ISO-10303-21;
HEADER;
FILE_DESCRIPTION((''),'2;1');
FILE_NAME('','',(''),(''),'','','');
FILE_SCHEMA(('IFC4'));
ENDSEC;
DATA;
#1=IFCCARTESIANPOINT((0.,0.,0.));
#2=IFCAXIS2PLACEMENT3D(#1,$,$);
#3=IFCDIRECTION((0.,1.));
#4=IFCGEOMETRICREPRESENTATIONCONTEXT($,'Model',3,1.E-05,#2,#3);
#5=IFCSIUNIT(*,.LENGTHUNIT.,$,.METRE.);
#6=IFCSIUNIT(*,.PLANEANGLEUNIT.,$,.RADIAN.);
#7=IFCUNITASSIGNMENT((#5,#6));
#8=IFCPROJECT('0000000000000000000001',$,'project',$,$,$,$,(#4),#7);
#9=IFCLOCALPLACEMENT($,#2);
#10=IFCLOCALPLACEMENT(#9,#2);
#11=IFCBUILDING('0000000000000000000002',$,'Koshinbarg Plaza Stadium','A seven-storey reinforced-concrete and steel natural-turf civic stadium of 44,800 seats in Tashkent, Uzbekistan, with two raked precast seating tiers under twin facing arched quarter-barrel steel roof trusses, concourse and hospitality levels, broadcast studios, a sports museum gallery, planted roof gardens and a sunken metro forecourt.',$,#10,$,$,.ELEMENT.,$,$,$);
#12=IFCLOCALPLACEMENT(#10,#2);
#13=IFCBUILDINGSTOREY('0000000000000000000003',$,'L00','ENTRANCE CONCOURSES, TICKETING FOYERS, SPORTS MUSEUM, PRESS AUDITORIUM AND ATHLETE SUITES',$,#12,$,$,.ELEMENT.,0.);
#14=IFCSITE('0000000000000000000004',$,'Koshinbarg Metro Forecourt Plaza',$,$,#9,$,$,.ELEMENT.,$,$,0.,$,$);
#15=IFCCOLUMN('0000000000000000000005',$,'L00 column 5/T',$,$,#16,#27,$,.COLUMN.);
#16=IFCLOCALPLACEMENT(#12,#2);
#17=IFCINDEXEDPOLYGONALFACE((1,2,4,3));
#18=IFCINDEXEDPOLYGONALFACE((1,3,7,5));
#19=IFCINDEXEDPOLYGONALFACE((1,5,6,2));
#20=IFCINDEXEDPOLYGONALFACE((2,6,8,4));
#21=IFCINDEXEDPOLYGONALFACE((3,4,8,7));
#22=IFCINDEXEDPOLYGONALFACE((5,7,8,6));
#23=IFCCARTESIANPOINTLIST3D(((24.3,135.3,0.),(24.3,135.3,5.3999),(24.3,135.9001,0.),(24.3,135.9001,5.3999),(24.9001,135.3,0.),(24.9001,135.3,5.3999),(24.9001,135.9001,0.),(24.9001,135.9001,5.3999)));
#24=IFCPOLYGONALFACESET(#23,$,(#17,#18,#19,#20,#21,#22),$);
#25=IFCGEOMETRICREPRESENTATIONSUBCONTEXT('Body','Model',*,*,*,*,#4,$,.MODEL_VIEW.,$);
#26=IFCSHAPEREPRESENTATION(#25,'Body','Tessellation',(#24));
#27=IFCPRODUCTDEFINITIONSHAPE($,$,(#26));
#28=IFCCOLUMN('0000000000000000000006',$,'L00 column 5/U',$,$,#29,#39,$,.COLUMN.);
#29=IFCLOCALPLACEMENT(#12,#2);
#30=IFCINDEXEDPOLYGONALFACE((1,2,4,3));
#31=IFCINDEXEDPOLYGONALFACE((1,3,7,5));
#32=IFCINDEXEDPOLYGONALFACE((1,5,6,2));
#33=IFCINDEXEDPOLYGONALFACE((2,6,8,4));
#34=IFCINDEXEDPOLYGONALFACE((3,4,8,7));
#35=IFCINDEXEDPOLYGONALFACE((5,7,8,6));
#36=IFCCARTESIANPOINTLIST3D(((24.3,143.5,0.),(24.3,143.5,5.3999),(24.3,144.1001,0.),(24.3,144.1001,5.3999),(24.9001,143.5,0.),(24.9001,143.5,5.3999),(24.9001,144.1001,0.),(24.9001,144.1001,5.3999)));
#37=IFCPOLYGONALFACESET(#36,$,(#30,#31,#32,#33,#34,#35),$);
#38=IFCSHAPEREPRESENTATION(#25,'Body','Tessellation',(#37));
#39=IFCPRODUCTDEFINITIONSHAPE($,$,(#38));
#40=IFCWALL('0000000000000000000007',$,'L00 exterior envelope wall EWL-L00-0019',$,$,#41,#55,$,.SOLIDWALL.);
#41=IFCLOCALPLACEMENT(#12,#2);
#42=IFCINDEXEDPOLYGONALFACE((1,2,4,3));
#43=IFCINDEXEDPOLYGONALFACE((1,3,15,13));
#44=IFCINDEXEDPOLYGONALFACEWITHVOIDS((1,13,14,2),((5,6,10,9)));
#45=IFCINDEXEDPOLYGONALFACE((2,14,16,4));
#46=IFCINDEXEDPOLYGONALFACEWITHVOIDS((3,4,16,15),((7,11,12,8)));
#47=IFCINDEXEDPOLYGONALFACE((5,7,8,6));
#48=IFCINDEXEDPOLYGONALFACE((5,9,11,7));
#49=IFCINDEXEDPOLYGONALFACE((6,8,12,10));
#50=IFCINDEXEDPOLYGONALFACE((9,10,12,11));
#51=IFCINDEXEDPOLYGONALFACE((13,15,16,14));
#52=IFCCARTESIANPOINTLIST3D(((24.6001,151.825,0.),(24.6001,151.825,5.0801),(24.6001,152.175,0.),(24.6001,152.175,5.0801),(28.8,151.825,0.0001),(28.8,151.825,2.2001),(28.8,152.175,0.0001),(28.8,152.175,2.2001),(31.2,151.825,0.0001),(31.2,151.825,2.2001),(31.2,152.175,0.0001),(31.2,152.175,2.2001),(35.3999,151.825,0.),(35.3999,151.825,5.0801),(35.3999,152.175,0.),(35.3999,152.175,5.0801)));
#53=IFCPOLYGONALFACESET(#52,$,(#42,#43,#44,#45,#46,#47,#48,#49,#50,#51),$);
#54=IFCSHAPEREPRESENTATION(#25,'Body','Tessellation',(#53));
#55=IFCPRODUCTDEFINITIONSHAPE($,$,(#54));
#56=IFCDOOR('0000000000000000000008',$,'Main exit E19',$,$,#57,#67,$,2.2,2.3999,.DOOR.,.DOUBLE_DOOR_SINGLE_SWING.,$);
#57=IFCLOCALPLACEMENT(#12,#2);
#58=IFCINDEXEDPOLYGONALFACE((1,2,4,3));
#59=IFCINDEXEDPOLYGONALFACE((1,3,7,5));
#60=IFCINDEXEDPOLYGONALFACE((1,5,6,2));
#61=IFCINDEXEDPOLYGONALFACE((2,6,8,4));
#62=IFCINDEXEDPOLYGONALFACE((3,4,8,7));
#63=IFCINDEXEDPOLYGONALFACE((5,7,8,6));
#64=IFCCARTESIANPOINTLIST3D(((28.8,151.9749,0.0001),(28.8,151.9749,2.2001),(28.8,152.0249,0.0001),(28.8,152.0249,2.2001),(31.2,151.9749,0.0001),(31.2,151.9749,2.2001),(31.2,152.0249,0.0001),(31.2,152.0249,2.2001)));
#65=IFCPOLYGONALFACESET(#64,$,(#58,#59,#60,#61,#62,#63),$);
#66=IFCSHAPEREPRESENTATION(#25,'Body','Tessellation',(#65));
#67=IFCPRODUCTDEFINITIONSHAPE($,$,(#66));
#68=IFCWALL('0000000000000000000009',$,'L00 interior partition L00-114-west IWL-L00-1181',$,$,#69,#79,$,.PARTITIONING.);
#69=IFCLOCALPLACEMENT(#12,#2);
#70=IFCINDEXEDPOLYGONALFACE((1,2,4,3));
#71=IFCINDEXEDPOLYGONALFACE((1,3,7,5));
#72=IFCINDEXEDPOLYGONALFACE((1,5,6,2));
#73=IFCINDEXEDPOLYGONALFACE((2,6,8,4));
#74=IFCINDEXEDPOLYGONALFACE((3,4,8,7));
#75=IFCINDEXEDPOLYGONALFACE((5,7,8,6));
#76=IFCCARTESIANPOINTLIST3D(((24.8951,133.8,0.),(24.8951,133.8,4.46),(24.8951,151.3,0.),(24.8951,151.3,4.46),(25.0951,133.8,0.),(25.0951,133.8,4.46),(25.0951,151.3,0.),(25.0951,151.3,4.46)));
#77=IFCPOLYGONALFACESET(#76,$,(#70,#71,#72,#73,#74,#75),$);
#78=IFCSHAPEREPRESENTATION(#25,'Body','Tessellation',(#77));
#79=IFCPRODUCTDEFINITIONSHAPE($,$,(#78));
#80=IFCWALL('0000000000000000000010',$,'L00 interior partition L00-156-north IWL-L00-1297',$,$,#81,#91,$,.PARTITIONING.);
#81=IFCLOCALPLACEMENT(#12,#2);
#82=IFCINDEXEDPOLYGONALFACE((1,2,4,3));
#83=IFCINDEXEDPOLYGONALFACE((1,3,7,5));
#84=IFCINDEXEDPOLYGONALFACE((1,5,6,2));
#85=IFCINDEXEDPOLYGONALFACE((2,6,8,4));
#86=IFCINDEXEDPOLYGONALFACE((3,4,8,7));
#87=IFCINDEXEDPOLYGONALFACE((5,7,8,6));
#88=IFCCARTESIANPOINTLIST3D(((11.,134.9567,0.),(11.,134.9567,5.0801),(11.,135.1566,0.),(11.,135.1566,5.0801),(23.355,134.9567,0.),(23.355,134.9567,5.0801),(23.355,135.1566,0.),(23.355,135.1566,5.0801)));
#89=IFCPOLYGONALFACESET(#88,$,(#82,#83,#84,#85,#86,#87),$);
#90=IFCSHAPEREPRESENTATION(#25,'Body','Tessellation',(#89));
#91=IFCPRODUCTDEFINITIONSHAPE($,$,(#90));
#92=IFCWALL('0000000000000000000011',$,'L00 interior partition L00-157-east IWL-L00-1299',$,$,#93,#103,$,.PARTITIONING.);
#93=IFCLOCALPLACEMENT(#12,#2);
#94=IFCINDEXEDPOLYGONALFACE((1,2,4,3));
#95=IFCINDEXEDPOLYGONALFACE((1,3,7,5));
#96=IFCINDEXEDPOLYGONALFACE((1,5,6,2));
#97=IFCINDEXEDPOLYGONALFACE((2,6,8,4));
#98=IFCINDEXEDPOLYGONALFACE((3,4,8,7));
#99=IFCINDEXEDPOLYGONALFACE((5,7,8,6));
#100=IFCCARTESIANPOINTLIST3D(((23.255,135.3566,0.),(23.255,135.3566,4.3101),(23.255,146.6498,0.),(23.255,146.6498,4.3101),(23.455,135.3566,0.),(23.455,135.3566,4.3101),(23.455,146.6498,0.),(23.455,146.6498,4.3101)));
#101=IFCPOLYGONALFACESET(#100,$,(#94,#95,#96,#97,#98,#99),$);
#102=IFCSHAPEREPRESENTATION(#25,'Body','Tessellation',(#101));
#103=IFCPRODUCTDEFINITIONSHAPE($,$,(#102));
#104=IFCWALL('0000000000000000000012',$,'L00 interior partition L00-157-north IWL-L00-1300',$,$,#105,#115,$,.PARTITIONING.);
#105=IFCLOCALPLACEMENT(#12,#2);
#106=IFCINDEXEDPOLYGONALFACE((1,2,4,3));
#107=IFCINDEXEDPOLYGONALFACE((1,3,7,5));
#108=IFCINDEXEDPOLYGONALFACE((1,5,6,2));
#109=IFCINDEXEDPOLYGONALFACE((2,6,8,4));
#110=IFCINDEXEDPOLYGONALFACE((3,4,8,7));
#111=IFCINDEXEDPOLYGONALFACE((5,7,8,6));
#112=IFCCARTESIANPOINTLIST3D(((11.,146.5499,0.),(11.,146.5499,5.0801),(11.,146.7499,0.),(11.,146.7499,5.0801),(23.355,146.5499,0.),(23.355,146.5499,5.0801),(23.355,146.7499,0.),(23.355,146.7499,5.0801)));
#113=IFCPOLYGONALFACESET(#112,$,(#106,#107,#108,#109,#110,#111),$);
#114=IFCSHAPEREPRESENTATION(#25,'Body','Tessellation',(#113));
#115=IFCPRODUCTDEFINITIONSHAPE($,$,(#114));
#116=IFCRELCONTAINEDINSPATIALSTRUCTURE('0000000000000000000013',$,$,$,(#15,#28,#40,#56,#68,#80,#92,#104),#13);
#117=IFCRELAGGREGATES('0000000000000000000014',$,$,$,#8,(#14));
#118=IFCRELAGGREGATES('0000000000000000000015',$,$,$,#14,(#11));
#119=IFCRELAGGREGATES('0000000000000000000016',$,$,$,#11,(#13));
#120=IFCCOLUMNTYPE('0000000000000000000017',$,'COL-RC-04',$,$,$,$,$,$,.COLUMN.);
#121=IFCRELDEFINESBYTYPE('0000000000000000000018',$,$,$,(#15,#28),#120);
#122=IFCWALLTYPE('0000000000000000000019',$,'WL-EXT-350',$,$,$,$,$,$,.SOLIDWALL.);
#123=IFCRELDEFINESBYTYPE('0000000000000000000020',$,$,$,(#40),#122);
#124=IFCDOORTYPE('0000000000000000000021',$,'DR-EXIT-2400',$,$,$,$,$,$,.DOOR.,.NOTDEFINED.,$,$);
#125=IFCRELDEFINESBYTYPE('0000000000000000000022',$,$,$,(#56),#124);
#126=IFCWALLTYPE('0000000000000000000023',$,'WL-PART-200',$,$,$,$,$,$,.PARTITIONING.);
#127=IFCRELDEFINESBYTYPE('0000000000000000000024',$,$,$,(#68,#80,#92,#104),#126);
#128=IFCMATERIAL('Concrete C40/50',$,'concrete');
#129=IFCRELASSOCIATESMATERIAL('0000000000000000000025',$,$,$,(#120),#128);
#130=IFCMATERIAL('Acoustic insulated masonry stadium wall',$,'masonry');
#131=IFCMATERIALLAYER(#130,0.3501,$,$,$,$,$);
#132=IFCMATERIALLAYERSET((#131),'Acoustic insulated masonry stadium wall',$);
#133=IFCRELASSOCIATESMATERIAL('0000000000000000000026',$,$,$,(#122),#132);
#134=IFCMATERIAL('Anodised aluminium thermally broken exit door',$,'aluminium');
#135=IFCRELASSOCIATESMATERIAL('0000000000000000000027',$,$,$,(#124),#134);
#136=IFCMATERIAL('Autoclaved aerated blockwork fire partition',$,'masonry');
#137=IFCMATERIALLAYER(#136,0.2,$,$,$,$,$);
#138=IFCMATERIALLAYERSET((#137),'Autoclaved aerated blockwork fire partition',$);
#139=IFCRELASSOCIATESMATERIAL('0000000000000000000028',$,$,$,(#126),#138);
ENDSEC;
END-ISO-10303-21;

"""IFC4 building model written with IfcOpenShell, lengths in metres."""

from ifc_helpers import new_model, si_unit, direction, frame, frame_2d, origin, origin_2d, place, context, subcontext, project, spatial, rectangle, extrude, material, layer, layer_set, material_profile, profile_set, type_object, element, fill, save


model = new_model("IFC4")

# Units and contexts
model_context = context("Model", 3, precision=1e-05, world=origin(), true_north=direction((0.0, 1.0)))
body_context = subcontext(model_context, "Body", "Model", "MODEL_VIEW")
ifc_project = project(units=[si_unit("LENGTHUNIT", "METRE"), si_unit("PLANEANGLEUNIT", "RADIAN")], contexts=[model_context])

# Site, building, storey
site_placement = place(None, origin())
site = spatial("IfcSite", under=ifc_project, at=site_placement, Name="Koshinbarg Metro Forecourt Plaza", CompositionType="ELEMENT", RefElevation=0.0)
building_placement = place(site_placement, origin())
building = spatial("IfcBuilding", under=site, at=building_placement, Name="Koshinbarg Plaza Stadium", Description="A seven-storey reinforced-concrete and steel natural-turf civic stadium of 44,800 seats in Tashkent, Uzbekistan, with two raked precast seating tiers under twin facing arched quarter-barrel steel roof trusses, concourse and hospitality levels, broadcast studios, a sports museum gallery, planted roof gardens and a sunken metro forecourt.", CompositionType="ELEMENT")
storey_placement = place(building_placement, origin())
storey = spatial("IfcBuildingStorey", under=building, at=storey_placement, Name="L00", Description="ENTRANCE CONCOURSES, TICKETING FOYERS, SPORTS MUSEUM, PRESS AUDITORIUM AND ATHLETE SUITES", CompositionType="ELEMENT", Elevation=0.0)

# Columns
ifc_material_1 = material(Name="Concrete C40/50", Category="concrete")
ifc_material_profile_1 = material_profile(ifc_material_1, rectangle(XDim=0.6001, YDim=0.6001, at=origin_2d()), Name="RC 600x600")
ifc_profile_set_1 = profile_set([ifc_material_profile_1], Name="Concrete C40/50")
column_type = type_object("IfcColumnType", Name="COL-RC-04", PredefinedType="COLUMN", material=ifc_profile_set_1)
for number, where, z_axis, x_axis, name in (
    (1, (24.6001, 135.6001, 0.0), (0.0, 0.0, 1.0), (1.0, 0.0, 0.0), "L00 column 5/T"),
    (2, (24.6001, 143.8, 0.0), (0.0, 0.0, 1.0), (1.0, 0.0, 0.0), "L00 column 5/U"),
):
    element("IfcColumn", number, at=place(storey_placement, frame(where, z_axis=z_axis, x_axis=x_axis)), inside=storey, type_object=column_type, Name=name, PredefinedType="COLUMN", context=body_context, shape_type="SweptSolid", body=[
        extrude(rectangle(XDim=0.6001, YDim=0.6001, at=origin_2d()), origin(), (0.0, 0.0, 1.0), 5.3999),
    ])

# Wall, opening, door
ifc_material_2 = material(Name="Acoustic insulated masonry stadium wall", Category="masonry")
ifc_layer_1 = layer(ifc_material_2, 0.3501)
ifc_layer_set_1 = layer_set([ifc_layer_1], Name="Acoustic insulated masonry stadium wall")
wall_type_1 = type_object("IfcWallType", Name="WL-EXT-350", PredefinedType="SOLIDWALL", material=ifc_layer_set_1)
wall_1_placement = place(storey_placement, frame((24.6001, 152.0, 0.0), z_axis=(0.0, 0.0, 1.0), x_axis=(1.0, 0.0, 0.0)))
wall_1 = element("IfcWall", 3, at=wall_1_placement, inside=storey, type_object=wall_type_1, Name="L00 exterior envelope wall EWL-L00-0019", PredefinedType="SOLIDWALL", context=body_context, shape_type="SweptSolid", body=[
    extrude(rectangle(XDim=10.7998, YDim=0.3501, at=frame_2d((5.3999, 0.0))), origin(), (0.0, 0.0, 1.0), 5.0801),
])
opening_placement = place(wall_1_placement, frame((4.2, 0.0, 0.0)))
opening = element("IfcOpeningElement", 4, at=opening_placement, cuts=wall_1, PredefinedType="OPENING", context=body_context, shape_type="SweptSolid", body=[
    extrude(rectangle(XDim=2.3999, YDim=2.2, at=frame_2d((1.2, 1.1001))), frame((0.0, 0.1851, 0.0), z_axis=(0.0, -1.0, 0.0), x_axis=(1.0, 0.0, 0.0)), (0.0, 0.0, 1.0), 0.3701),
])
ifc_material_3 = material(Name="Anodised aluminium thermally broken exit door", Category="aluminium")
door_type = type_object("IfcDoorType", Name="DR-EXIT-2400", OperationType="NOTDEFINED", PredefinedType="DOOR", material=ifc_material_3)
door_placement = place(opening_placement, origin())
door = element("IfcDoor", 5, at=door_placement, inside=storey, type_object=door_type, Name="Main exit E19", OperationType="DOUBLE_DOOR_SINGLE_SWING", OverallHeight=2.2, OverallWidth=2.3999, PredefinedType="DOOR", context=body_context, shape_type="SweptSolid", body=[
    extrude(rectangle(XDim=2.3999, YDim=2.2, at=frame_2d((1.2, 1.1001))), frame((0.0, 0.0249, 0.0), z_axis=(0.0, -1.0, 0.0), x_axis=(1.0, 0.0, 0.0)), (0.0, 0.0, 1.0), 0.05),
])
fill(opening, door)

# Walls
ifc_material_4 = material(Name="Autoclaved aerated blockwork fire partition", Category="masonry")
ifc_layer_2 = layer(ifc_material_4, 0.2)
ifc_layer_set_2 = layer_set([ifc_layer_2], Name="Autoclaved aerated blockwork fire partition")
wall_type_2 = type_object("IfcWallType", Name="WL-PART-200", PredefinedType="PARTITIONING", material=ifc_layer_set_2)
wall_2_placement = place(storey_placement, frame((24.9951, 151.3, 0.0), z_axis=(0.0, 0.0, 1.0), x_axis=(0.0, -1.0, 0.0)))
element("IfcWall", 6, at=wall_2_placement, inside=storey, type_object=wall_type_2, Name="L00 interior partition L00-114-west IWL-L00-1181", PredefinedType="PARTITIONING", context=body_context, shape_type="SweptSolid", body=[
    extrude(rectangle(XDim=17.5, YDim=0.2, at=frame_2d((8.75, 0.0))), origin(), (0.0, 0.0, 1.0), 4.46),
])
wall_3_placement = place(storey_placement, frame((23.355, 135.0566, 0.0), z_axis=(0.0, 0.0, 1.0), x_axis=(-1.0, 0.0, 0.0)))
element("IfcWall", 7, at=wall_3_placement, inside=storey, type_object=wall_type_2, Name="L00 interior partition L00-156-north IWL-L00-1297", PredefinedType="PARTITIONING", context=body_context, shape_type="SweptSolid", body=[
    extrude(rectangle(XDim=12.355, YDim=0.2, at=frame_2d((6.1775, 0.0))), origin(), (0.0, 0.0, 1.0), 5.0801),
])
wall_4_placement = place(storey_placement, frame((23.355, 135.3567, 0.0), z_axis=(0.0, 0.0, 1.0), x_axis=(0.0, 1.0, 0.0)))
element("IfcWall", 8, at=wall_4_placement, inside=storey, type_object=wall_type_2, Name="L00 interior partition L00-157-east IWL-L00-1299", PredefinedType="PARTITIONING", context=body_context, shape_type="SweptSolid", body=[
    extrude(rectangle(XDim=11.2932, YDim=0.2, at=frame_2d((5.6465, 0.0))), origin(), (0.0, 0.0, 1.0), 4.3101),
])
wall_5_placement = place(storey_placement, frame((23.355, 146.6499, 0.0), z_axis=(0.0, 0.0, 1.0), x_axis=(-1.0, 0.0, 0.0)))
element("IfcWall", 9, at=wall_5_placement, inside=storey, type_object=wall_type_2, Name="L00 interior partition L00-157-north IWL-L00-1300", PredefinedType="PARTITIONING", context=body_context, shape_type="SweptSolid", body=[
    extrude(rectangle(XDim=12.355, YDim=0.2, at=frame_2d((6.1775, 0.0))), origin(), (0.0, 0.0, 1.0), 5.0801),
])

save(model, "model.ifc")
